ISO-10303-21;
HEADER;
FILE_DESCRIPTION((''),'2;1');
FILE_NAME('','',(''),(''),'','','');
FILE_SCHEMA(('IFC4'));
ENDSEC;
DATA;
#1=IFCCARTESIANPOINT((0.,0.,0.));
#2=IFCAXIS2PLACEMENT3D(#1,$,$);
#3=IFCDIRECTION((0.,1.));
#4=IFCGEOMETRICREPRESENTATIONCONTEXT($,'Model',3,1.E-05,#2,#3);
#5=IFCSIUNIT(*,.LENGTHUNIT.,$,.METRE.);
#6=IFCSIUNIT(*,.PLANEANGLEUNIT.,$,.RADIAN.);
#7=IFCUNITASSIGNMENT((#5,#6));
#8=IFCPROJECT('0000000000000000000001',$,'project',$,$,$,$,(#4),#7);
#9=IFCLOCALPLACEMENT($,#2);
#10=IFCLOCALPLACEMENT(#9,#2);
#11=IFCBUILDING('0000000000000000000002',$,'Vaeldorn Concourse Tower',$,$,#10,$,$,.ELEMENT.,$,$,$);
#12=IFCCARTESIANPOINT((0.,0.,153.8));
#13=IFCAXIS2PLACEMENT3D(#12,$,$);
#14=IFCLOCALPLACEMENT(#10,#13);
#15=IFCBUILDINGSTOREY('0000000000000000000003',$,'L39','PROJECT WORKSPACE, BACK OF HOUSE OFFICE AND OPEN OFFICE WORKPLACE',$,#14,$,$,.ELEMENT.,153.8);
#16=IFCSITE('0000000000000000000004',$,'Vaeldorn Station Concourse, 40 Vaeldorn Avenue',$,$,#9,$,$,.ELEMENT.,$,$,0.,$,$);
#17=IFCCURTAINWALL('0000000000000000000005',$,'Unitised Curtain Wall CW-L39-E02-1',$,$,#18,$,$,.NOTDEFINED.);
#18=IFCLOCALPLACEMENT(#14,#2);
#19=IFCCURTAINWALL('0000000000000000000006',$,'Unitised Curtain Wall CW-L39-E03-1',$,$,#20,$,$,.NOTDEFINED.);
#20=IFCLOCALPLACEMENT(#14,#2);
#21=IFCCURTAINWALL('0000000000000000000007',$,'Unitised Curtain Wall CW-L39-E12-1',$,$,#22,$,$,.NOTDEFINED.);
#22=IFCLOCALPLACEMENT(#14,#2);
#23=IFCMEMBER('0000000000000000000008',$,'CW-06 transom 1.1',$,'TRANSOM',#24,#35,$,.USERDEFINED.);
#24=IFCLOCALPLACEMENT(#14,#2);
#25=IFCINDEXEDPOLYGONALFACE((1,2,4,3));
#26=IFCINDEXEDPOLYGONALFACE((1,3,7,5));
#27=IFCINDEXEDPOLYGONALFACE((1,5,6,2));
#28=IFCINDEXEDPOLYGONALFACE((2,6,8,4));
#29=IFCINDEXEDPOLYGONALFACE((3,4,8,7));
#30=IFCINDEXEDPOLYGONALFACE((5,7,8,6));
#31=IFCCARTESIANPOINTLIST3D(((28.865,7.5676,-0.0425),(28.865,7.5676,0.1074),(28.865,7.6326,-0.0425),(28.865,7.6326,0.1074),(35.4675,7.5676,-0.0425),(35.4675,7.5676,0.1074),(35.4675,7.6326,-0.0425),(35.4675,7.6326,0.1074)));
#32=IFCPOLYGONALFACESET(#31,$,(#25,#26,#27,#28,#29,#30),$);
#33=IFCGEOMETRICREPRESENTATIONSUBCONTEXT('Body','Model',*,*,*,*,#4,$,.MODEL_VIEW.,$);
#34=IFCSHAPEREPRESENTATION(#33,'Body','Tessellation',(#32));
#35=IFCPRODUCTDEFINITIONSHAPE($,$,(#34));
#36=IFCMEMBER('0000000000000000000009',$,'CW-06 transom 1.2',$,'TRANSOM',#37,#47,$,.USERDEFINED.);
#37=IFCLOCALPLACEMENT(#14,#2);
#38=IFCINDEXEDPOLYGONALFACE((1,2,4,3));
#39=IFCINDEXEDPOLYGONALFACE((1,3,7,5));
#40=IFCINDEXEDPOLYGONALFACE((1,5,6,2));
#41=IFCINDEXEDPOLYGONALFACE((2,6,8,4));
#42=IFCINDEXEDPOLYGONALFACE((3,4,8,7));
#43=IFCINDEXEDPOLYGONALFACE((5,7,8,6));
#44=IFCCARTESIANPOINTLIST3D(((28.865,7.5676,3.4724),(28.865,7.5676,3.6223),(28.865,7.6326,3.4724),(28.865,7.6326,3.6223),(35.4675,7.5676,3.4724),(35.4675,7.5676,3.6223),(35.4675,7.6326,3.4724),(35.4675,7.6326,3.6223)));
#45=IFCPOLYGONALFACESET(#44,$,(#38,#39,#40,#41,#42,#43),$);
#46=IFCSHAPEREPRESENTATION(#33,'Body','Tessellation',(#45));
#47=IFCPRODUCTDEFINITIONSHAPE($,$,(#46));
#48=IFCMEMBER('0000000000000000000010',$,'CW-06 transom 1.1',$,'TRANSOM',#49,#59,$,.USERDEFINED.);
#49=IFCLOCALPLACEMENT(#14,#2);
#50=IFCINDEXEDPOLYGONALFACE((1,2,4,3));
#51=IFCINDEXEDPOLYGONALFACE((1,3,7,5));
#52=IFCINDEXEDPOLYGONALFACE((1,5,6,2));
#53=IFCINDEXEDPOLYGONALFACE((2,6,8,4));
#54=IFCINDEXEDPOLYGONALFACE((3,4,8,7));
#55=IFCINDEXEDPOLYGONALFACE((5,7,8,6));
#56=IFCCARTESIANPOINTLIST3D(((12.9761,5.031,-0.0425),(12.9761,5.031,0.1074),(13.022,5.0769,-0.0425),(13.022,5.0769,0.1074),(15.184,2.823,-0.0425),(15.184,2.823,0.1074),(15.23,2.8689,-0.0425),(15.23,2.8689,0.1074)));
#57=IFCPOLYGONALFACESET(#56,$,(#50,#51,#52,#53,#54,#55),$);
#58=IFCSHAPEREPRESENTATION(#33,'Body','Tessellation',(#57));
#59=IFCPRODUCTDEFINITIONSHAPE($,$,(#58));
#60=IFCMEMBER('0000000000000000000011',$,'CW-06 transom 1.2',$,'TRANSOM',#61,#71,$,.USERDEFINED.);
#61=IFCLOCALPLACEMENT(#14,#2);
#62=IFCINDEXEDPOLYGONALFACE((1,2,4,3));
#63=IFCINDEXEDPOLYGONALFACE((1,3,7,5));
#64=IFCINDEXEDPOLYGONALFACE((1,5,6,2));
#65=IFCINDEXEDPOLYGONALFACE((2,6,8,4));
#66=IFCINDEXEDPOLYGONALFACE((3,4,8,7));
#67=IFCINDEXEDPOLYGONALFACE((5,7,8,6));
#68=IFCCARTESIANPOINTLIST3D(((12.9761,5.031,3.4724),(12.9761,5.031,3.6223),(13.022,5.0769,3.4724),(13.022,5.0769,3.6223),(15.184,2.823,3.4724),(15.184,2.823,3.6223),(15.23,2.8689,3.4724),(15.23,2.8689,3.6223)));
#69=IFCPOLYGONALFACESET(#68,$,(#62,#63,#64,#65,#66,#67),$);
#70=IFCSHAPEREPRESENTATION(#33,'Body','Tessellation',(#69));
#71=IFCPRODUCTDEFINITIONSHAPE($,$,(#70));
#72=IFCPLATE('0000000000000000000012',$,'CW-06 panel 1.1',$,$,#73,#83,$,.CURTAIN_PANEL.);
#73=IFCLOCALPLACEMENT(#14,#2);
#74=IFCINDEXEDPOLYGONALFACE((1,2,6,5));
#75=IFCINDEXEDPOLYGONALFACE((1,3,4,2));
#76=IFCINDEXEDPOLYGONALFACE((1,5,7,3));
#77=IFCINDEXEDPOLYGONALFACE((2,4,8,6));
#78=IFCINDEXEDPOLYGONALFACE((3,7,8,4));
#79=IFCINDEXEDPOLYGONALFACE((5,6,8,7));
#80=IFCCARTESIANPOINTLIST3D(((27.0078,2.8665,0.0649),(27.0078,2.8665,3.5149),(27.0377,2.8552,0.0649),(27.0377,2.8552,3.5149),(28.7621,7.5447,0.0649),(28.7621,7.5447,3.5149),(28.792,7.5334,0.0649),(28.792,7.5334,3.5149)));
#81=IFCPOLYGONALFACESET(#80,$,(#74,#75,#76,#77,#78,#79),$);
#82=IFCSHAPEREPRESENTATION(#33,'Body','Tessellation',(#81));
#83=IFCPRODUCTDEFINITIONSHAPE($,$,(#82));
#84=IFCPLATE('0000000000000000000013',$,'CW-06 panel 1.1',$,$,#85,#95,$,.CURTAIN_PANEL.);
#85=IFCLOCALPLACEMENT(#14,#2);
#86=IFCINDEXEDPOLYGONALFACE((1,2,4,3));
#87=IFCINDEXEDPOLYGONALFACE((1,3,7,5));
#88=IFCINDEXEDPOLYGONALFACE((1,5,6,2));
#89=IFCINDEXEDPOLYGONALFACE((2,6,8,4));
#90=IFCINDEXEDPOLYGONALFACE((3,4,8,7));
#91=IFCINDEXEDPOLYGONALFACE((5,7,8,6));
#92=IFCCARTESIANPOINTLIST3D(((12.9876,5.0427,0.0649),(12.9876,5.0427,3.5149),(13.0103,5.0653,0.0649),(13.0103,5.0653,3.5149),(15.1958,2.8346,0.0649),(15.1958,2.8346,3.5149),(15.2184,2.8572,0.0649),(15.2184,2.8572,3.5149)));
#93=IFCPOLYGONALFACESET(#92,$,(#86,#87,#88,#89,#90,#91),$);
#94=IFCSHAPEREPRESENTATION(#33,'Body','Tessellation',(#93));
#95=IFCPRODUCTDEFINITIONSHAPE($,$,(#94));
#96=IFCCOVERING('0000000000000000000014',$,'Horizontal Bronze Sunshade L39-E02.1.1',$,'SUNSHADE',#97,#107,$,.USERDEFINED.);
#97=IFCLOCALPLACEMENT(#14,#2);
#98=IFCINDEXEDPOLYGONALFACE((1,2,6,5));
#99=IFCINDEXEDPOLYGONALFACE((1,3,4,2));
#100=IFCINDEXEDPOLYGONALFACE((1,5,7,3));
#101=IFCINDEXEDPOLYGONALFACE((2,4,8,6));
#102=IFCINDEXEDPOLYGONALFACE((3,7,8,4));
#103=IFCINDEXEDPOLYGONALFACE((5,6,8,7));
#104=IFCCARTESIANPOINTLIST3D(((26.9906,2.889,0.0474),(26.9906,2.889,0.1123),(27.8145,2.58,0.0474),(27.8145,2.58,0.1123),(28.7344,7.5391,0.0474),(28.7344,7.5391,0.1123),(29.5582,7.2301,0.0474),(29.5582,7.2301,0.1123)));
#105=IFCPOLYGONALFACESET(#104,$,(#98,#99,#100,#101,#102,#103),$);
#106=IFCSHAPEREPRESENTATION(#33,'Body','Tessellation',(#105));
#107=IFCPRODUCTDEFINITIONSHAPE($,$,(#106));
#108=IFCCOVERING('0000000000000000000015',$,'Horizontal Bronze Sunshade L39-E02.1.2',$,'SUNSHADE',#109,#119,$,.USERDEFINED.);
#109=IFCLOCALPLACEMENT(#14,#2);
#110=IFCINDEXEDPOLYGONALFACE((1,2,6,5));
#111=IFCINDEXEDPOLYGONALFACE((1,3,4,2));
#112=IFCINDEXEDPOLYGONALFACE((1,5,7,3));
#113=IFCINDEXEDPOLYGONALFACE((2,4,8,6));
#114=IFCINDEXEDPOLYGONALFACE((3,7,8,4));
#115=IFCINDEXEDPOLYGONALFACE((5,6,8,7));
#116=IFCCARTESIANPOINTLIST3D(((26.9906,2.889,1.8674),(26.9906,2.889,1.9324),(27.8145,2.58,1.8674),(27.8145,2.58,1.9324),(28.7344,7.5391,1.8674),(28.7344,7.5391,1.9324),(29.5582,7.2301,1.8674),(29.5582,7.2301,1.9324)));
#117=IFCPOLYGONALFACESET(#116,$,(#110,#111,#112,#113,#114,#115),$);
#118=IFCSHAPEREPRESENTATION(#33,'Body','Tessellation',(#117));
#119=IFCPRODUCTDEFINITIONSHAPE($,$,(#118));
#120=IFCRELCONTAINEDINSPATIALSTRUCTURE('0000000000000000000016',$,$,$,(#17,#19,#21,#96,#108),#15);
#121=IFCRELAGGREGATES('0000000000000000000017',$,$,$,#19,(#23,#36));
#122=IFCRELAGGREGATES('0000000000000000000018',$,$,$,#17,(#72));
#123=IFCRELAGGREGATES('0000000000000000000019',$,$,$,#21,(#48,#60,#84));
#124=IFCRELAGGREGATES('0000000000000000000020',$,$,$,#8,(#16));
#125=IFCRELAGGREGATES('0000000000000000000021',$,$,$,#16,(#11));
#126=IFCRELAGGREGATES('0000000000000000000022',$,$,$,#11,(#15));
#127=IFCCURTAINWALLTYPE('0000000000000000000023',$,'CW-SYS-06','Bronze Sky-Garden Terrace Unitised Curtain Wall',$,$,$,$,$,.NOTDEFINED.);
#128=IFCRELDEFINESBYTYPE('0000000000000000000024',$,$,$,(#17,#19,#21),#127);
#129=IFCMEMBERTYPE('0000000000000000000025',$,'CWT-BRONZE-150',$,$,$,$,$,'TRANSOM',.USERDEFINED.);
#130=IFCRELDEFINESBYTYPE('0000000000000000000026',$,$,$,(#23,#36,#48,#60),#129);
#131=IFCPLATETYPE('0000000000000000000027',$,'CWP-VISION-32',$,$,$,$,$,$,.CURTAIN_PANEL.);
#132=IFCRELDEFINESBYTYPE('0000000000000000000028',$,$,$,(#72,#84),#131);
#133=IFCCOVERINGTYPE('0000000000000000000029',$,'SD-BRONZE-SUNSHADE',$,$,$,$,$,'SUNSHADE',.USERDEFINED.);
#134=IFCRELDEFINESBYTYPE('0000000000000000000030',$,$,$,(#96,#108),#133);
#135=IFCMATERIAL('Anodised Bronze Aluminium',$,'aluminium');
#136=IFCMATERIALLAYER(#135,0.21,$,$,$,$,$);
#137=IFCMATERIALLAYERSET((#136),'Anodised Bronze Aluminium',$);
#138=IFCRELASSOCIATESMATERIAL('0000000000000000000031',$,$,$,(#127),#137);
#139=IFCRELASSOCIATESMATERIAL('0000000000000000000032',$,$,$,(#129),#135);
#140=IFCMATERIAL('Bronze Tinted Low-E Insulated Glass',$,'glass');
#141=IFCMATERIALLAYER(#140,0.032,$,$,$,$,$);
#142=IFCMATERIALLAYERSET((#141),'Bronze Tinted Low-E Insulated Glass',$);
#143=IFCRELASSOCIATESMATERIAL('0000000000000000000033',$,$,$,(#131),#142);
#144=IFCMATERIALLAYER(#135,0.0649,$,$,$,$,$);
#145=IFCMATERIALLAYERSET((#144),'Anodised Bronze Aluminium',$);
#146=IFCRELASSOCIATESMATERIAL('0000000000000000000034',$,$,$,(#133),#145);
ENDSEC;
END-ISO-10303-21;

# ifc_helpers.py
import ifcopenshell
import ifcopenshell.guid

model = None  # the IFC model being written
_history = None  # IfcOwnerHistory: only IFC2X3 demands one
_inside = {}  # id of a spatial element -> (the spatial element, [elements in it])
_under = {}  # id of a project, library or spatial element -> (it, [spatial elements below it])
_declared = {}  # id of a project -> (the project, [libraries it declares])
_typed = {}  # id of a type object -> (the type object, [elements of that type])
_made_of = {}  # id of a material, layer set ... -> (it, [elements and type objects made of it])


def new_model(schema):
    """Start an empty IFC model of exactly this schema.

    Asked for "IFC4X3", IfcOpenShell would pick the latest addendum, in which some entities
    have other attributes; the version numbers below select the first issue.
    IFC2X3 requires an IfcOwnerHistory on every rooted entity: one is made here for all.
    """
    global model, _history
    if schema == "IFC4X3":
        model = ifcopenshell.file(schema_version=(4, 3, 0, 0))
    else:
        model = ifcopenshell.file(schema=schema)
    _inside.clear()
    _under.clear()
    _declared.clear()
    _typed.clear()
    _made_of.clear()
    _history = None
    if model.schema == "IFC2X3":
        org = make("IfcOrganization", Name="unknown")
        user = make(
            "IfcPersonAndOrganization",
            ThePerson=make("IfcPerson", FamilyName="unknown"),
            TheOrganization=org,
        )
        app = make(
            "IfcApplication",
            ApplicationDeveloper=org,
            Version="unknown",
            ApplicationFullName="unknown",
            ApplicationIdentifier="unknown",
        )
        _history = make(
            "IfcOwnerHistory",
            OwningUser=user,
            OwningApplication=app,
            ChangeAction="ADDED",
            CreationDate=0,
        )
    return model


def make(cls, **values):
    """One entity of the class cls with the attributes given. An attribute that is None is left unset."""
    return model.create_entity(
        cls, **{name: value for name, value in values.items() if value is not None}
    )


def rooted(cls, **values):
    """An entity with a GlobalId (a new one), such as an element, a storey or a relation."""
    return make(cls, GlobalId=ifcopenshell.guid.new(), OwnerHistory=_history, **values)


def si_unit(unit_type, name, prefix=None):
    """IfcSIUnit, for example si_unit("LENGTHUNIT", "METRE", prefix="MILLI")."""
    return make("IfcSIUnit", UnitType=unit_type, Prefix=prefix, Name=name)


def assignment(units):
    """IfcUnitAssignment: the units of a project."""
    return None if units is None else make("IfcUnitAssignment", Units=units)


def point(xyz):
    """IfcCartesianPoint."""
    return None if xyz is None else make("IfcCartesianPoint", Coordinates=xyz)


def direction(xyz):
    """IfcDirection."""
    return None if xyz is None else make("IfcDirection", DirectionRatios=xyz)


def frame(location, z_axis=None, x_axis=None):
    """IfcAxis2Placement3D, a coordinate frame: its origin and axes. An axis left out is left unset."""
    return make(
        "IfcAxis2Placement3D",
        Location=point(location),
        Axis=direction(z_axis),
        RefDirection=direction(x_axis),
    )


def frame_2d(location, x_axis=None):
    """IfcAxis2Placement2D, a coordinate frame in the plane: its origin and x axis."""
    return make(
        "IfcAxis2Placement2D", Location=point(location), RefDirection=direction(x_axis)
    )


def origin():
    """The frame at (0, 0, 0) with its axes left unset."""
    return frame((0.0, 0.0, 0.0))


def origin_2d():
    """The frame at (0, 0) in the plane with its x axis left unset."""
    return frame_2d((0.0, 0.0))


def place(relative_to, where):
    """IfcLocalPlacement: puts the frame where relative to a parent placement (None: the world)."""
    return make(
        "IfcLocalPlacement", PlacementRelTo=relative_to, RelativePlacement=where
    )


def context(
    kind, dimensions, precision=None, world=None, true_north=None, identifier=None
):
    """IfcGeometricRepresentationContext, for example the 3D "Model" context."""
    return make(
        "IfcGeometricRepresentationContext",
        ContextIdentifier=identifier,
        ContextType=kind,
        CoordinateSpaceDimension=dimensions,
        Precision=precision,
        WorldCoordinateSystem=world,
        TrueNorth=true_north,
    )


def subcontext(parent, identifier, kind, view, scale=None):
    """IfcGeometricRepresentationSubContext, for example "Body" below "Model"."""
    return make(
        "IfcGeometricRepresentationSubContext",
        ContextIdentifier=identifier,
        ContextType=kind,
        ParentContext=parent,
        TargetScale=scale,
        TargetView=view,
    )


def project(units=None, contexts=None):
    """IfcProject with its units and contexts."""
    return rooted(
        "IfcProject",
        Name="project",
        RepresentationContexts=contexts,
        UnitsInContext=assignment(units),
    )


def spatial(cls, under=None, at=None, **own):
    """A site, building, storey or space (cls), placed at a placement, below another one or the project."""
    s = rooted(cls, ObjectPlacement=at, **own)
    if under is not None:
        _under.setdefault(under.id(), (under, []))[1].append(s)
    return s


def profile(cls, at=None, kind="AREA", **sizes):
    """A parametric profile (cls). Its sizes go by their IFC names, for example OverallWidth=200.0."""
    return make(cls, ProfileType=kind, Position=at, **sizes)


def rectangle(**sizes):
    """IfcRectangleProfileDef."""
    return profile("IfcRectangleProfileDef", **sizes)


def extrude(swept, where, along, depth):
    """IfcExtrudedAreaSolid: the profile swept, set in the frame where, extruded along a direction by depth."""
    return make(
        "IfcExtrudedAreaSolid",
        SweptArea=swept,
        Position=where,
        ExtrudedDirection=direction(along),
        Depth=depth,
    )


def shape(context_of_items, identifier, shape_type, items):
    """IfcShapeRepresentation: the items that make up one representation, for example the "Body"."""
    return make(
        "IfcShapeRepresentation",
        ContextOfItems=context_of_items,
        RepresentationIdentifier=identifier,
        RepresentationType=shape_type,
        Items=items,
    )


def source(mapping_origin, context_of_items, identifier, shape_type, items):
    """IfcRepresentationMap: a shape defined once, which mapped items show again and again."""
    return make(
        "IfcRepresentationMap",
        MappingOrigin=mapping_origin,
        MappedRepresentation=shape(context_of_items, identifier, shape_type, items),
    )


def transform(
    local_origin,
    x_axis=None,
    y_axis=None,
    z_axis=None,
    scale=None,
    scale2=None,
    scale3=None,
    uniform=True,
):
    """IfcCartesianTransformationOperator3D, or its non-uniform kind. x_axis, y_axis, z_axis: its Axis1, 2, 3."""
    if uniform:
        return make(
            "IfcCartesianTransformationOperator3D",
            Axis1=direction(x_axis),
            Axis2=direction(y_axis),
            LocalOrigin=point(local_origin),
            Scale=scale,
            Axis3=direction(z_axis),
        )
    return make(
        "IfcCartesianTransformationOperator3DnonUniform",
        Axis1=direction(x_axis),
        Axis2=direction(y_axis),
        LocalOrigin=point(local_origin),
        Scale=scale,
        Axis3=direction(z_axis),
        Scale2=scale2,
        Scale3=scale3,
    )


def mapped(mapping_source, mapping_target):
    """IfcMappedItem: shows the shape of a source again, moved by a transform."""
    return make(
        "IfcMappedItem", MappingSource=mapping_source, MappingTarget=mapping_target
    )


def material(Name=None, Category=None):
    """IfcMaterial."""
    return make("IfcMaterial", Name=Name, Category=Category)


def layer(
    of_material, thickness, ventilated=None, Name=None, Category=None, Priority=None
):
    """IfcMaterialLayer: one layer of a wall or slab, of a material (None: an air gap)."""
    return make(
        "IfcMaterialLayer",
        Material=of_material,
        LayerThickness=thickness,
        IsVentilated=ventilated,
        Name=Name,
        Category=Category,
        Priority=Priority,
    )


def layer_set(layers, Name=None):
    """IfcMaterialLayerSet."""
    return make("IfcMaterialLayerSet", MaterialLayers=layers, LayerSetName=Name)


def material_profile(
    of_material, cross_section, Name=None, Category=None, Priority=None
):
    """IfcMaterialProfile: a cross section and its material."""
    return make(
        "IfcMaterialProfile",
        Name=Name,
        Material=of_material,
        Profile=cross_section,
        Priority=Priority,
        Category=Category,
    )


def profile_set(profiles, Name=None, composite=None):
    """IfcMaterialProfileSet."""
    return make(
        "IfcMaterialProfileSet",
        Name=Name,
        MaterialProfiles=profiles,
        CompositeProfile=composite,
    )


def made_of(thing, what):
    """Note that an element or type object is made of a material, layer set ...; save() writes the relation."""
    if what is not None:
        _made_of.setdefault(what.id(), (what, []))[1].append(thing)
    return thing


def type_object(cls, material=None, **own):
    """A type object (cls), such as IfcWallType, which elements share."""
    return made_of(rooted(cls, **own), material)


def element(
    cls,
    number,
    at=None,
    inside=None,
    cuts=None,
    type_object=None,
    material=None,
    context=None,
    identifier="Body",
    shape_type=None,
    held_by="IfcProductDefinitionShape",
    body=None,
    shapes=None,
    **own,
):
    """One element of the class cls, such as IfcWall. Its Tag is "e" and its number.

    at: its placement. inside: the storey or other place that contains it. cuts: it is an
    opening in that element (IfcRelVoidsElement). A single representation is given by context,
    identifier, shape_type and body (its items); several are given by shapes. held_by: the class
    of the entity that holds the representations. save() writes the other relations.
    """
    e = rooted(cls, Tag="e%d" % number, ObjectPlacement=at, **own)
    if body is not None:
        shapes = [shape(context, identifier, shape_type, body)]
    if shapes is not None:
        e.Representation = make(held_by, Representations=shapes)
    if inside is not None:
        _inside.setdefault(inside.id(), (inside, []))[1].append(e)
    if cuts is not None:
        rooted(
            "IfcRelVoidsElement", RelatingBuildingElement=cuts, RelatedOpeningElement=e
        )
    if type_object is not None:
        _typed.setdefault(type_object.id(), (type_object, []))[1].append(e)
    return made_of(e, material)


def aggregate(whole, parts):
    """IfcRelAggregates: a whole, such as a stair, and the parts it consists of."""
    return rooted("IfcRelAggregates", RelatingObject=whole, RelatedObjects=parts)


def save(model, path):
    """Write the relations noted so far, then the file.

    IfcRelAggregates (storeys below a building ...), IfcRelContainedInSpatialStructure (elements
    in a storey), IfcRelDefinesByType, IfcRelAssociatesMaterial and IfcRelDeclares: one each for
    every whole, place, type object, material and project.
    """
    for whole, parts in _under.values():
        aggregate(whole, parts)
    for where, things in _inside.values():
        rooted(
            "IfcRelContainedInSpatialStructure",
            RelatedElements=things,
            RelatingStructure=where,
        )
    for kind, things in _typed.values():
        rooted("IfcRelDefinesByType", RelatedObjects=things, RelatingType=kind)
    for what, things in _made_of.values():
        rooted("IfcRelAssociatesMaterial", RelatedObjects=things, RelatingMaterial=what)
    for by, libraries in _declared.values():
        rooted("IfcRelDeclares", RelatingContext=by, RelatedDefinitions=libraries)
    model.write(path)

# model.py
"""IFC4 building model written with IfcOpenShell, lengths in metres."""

from ifc_helpers import new_model, si_unit, direction, frame, origin, origin_2d, place, context, subcontext, project, spatial, rectangle, extrude, source, transform, mapped, material, layer, layer_set, material_profile, profile_set, type_object, element, aggregate, save


model = new_model("IFC4")

# Units and contexts
model_context = context("Model", 3, precision=1e-05, world=origin(), true_north=direction((0.0, 1.0)))
body_context = subcontext(model_context, "Body", "Model", "MODEL_VIEW")
ifc_project = project(units=[si_unit("LENGTHUNIT", "METRE"), si_unit("PLANEANGLEUNIT", "RADIAN")], contexts=[model_context])

# Site, building, storey
site_placement = place(None, origin())
site = spatial("IfcSite", under=ifc_project, at=site_placement, Name="Vaeldorn Station Concourse, 40 Vaeldorn Avenue", CompositionType="ELEMENT", RefElevation=0.0)
building_placement = place(site_placement, origin())
building = spatial("IfcBuilding", under=site, at=building_placement, Name="Vaeldorn Concourse Tower", CompositionType="ELEMENT")
storey_placement = place(building_placement, frame((0.0, 0.0, 153.8)))
storey = spatial("IfcBuildingStorey", under=building, at=storey_placement, Name="L39", Description="PROJECT WORKSPACE, BACK OF HOUSE OFFICE AND OPEN OFFICE WORKPLACE", CompositionType="ELEMENT", Elevation=153.8)

# Curtain walls
ifc_material_1 = material(Name="Anodised Bronze Aluminium", Category="aluminium")
ifc_layer_1 = layer(ifc_material_1, 0.21)
ifc_layer_set_1 = layer_set([ifc_layer_1], Name="Anodised Bronze Aluminium")
curtain_wall_type = type_object("IfcCurtainWallType", Name="CW-SYS-06", Description="Bronze Sky-Garden Terrace Unitised Curtain Wall", PredefinedType="NOTDEFINED", material=ifc_layer_set_1)
curtain_wall_1_placement = place(storey_placement, origin())
curtain_wall_1 = element("IfcCurtainWall", 1, at=curtain_wall_1_placement, inside=storey, type_object=curtain_wall_type, Name="Unitised Curtain Wall CW-L39-E02-1", PredefinedType="NOTDEFINED")
curtain_wall_2_placement = place(storey_placement, origin())
curtain_wall_2 = element("IfcCurtainWall", 2, at=curtain_wall_2_placement, inside=storey, type_object=curtain_wall_type, Name="Unitised Curtain Wall CW-L39-E03-1", PredefinedType="NOTDEFINED")
curtain_wall_3_placement = place(storey_placement, origin())
curtain_wall_3 = element("IfcCurtainWall", 3, at=curtain_wall_3_placement, inside=storey, type_object=curtain_wall_type, Name="Unitised Curtain Wall CW-L39-E12-1", PredefinedType="NOTDEFINED")

# Members
ifc_material_profile_1 = material_profile(ifc_material_1, rectangle(XDim=0.0649, YDim=0.1499, at=origin_2d()), Name="CWT 65x150")
ifc_profile_set_1 = profile_set([ifc_material_profile_1], Name="Anodised Bronze Aluminium")
member_type_1 = type_object("IfcMemberType", Name="CWT-BRONZE-150", ElementType="TRANSOM", PredefinedType="USERDEFINED", material=ifc_profile_set_1)
shared_shape_1 = source(origin(), body_context, "Body", "SweptSolid", [
    extrude(rectangle(XDim=0.0649, YDim=0.1499, at=origin_2d()), origin(), (0.0, 0.0, 1.0), 6.6025),
])
member_1_placement = place(storey_placement, frame((28.865, 7.6001, 0.0325), z_axis=(1.0, 0.0, 0.0), x_axis=(0.0, 1.0, 0.0)))
member_1 = element("IfcMember", 4, at=member_1_placement, type_object=member_type_1, Name="CW-06 transom 1.1", ObjectType="TRANSOM", PredefinedType="USERDEFINED", context=body_context, shape_type="MappedRepresentation", body=[
    mapped(shared_shape_1, transform((0.0, 0.0, 0.0), scale=1.0)),
])
member_2_placement = place(storey_placement, frame((28.865, 7.6001, 3.5474), z_axis=(1.0, 0.0, 0.0), x_axis=(0.0, 1.0, 0.0)))
member_2 = element("IfcMember", 5, at=member_2_placement, type_object=member_type_1, Name="CW-06 transom 1.2", ObjectType="TRANSOM", PredefinedType="USERDEFINED", context=body_context, shape_type="MappedRepresentation", body=[
    mapped(shared_shape_1, transform((0.0, 0.0, 0.0), scale=1.0)),
])
aggregate(curtain_wall_2, [member_1, member_2])
shared_shape_2 = source(origin(), body_context, "Body", "SweptSolid", [
    extrude(rectangle(XDim=0.0649, YDim=0.1499, at=origin_2d()), origin(), (0.0, 0.0, 1.0), 3.1226),
])
member_3_placement = place(storey_placement, frame((12.999, 5.054, 0.0325), z_axis=(0.707107, -0.707107, 0.0), x_axis=(0.707107, 0.707107, 0.0)))
member_3 = element("IfcMember", 6, at=member_3_placement, type_object=member_type_1, Name="CW-06 transom 1.1", ObjectType="TRANSOM", PredefinedType="USERDEFINED", context=body_context, shape_type="MappedRepresentation", body=[
    mapped(shared_shape_2, transform((0.0, 0.0, 0.0), scale=1.0)),
])
member_4_placement = place(storey_placement, frame((12.999, 5.054, 3.5474), z_axis=(0.707107, -0.707107, 0.0), x_axis=(0.707107, 0.707107, 0.0)))
member_4 = element("IfcMember", 7, at=member_4_placement, type_object=member_type_1, Name="CW-06 transom 1.2", ObjectType="TRANSOM", PredefinedType="USERDEFINED", context=body_context, shape_type="MappedRepresentation", body=[
    mapped(shared_shape_2, transform((0.0, 0.0, 0.0), scale=1.0)),
])

# Plates
ifc_material_2 = material(Name="Bronze Tinted Low-E Insulated Glass", Category="glass")
ifc_layer_2 = layer(ifc_material_2, 0.032)
ifc_layer_set_2 = layer_set([ifc_layer_2], Name="Bronze Tinted Low-E Insulated Glass")
plate_type = type_object("IfcPlateType", Name="CWP-VISION-32", PredefinedType="CURTAIN_PANEL", material=ifc_layer_set_2)
shared_shape_3 = source(origin(), body_context, "Body", "SweptSolid", [
    extrude(rectangle(XDim=4.9963, YDim=0.032, at=origin_2d()), origin(), (0.0, 0.0, 1.0), 3.45),
])
plate_1_placement = place(storey_placement, frame((27.8999, 5.2, 0.0649), z_axis=(0.0, 0.0, 1.0), x_axis=(0.351123, 0.936329, 0.0)))
plate_1 = element("IfcPlate", 8, at=plate_1_placement, type_object=plate_type, Name="CW-06 panel 1.1", PredefinedType="CURTAIN_PANEL", context=body_context, shape_type="MappedRepresentation", body=[
    mapped(shared_shape_3, transform((0.0, 0.0, 0.0), scale=1.0)),
])
aggregate(curtain_wall_1, [plate_1])
shared_shape_4 = source(origin(), body_context, "Body", "SweptSolid", [
    extrude(rectangle(XDim=3.1228, YDim=0.032, at=origin_2d()), origin(), (0.0, 0.0, 1.0), 3.45),
])
plate_2_placement = place(storey_placement, frame((14.103, 3.95, 0.0649), z_axis=(0.0, 0.0, 1.0), x_axis=(0.707107, -0.707107, 0.0)))
plate_2 = element("IfcPlate", 9, at=plate_2_placement, type_object=plate_type, Name="CW-06 panel 1.1", PredefinedType="CURTAIN_PANEL", context=body_context, shape_type="MappedRepresentation", body=[
    mapped(shared_shape_4, transform((0.0, 0.0, 0.0), scale=1.0)),
])
aggregate(curtain_wall_3, [member_3, member_4, plate_2])

# Coverings
ifc_layer_3 = layer(ifc_material_1, 0.0649)
ifc_layer_set_3 = layer_set([ifc_layer_3], Name="Anodised Bronze Aluminium")
covering_type = type_object("IfcCoveringType", Name="SD-BRONZE-SUNSHADE", ElementType="SUNSHADE", PredefinedType="USERDEFINED", material=ifc_layer_set_3)
shared_shape_5 = source(origin(), body_context, "Body", "SweptSolid", [
    extrude(rectangle(XDim=4.9663, YDim=0.8799, at=origin_2d()), origin(), (0.0, 0.0, 1.0), 0.0649),
])
for number, where, z_axis, x_axis, name in (
    (10, (28.2744, 5.0596, 0.0474), (0.0, 0.0, 1.0), (0.351123, 0.936329, 0.0), "Horizontal Bronze Sunshade L39-E02.1.1"),
    (11, (28.2744, 5.0596, 1.8674), (0.0, 0.0, 1.0), (0.351123, 0.936329, 0.0), "Horizontal Bronze Sunshade L39-E02.1.2"),
):
    element("IfcCovering", number, at=place(storey_placement, frame(where, z_axis=z_axis, x_axis=x_axis)), inside=storey, type_object=covering_type, Name=name, ObjectType="SUNSHADE", PredefinedType="USERDEFINED", context=body_context, shape_type="MappedRepresentation", body=[
        mapped(shared_shape_5, transform((0.0, 0.0, 0.0), scale=1.0)),
    ])

save(model, "model.ifc")
